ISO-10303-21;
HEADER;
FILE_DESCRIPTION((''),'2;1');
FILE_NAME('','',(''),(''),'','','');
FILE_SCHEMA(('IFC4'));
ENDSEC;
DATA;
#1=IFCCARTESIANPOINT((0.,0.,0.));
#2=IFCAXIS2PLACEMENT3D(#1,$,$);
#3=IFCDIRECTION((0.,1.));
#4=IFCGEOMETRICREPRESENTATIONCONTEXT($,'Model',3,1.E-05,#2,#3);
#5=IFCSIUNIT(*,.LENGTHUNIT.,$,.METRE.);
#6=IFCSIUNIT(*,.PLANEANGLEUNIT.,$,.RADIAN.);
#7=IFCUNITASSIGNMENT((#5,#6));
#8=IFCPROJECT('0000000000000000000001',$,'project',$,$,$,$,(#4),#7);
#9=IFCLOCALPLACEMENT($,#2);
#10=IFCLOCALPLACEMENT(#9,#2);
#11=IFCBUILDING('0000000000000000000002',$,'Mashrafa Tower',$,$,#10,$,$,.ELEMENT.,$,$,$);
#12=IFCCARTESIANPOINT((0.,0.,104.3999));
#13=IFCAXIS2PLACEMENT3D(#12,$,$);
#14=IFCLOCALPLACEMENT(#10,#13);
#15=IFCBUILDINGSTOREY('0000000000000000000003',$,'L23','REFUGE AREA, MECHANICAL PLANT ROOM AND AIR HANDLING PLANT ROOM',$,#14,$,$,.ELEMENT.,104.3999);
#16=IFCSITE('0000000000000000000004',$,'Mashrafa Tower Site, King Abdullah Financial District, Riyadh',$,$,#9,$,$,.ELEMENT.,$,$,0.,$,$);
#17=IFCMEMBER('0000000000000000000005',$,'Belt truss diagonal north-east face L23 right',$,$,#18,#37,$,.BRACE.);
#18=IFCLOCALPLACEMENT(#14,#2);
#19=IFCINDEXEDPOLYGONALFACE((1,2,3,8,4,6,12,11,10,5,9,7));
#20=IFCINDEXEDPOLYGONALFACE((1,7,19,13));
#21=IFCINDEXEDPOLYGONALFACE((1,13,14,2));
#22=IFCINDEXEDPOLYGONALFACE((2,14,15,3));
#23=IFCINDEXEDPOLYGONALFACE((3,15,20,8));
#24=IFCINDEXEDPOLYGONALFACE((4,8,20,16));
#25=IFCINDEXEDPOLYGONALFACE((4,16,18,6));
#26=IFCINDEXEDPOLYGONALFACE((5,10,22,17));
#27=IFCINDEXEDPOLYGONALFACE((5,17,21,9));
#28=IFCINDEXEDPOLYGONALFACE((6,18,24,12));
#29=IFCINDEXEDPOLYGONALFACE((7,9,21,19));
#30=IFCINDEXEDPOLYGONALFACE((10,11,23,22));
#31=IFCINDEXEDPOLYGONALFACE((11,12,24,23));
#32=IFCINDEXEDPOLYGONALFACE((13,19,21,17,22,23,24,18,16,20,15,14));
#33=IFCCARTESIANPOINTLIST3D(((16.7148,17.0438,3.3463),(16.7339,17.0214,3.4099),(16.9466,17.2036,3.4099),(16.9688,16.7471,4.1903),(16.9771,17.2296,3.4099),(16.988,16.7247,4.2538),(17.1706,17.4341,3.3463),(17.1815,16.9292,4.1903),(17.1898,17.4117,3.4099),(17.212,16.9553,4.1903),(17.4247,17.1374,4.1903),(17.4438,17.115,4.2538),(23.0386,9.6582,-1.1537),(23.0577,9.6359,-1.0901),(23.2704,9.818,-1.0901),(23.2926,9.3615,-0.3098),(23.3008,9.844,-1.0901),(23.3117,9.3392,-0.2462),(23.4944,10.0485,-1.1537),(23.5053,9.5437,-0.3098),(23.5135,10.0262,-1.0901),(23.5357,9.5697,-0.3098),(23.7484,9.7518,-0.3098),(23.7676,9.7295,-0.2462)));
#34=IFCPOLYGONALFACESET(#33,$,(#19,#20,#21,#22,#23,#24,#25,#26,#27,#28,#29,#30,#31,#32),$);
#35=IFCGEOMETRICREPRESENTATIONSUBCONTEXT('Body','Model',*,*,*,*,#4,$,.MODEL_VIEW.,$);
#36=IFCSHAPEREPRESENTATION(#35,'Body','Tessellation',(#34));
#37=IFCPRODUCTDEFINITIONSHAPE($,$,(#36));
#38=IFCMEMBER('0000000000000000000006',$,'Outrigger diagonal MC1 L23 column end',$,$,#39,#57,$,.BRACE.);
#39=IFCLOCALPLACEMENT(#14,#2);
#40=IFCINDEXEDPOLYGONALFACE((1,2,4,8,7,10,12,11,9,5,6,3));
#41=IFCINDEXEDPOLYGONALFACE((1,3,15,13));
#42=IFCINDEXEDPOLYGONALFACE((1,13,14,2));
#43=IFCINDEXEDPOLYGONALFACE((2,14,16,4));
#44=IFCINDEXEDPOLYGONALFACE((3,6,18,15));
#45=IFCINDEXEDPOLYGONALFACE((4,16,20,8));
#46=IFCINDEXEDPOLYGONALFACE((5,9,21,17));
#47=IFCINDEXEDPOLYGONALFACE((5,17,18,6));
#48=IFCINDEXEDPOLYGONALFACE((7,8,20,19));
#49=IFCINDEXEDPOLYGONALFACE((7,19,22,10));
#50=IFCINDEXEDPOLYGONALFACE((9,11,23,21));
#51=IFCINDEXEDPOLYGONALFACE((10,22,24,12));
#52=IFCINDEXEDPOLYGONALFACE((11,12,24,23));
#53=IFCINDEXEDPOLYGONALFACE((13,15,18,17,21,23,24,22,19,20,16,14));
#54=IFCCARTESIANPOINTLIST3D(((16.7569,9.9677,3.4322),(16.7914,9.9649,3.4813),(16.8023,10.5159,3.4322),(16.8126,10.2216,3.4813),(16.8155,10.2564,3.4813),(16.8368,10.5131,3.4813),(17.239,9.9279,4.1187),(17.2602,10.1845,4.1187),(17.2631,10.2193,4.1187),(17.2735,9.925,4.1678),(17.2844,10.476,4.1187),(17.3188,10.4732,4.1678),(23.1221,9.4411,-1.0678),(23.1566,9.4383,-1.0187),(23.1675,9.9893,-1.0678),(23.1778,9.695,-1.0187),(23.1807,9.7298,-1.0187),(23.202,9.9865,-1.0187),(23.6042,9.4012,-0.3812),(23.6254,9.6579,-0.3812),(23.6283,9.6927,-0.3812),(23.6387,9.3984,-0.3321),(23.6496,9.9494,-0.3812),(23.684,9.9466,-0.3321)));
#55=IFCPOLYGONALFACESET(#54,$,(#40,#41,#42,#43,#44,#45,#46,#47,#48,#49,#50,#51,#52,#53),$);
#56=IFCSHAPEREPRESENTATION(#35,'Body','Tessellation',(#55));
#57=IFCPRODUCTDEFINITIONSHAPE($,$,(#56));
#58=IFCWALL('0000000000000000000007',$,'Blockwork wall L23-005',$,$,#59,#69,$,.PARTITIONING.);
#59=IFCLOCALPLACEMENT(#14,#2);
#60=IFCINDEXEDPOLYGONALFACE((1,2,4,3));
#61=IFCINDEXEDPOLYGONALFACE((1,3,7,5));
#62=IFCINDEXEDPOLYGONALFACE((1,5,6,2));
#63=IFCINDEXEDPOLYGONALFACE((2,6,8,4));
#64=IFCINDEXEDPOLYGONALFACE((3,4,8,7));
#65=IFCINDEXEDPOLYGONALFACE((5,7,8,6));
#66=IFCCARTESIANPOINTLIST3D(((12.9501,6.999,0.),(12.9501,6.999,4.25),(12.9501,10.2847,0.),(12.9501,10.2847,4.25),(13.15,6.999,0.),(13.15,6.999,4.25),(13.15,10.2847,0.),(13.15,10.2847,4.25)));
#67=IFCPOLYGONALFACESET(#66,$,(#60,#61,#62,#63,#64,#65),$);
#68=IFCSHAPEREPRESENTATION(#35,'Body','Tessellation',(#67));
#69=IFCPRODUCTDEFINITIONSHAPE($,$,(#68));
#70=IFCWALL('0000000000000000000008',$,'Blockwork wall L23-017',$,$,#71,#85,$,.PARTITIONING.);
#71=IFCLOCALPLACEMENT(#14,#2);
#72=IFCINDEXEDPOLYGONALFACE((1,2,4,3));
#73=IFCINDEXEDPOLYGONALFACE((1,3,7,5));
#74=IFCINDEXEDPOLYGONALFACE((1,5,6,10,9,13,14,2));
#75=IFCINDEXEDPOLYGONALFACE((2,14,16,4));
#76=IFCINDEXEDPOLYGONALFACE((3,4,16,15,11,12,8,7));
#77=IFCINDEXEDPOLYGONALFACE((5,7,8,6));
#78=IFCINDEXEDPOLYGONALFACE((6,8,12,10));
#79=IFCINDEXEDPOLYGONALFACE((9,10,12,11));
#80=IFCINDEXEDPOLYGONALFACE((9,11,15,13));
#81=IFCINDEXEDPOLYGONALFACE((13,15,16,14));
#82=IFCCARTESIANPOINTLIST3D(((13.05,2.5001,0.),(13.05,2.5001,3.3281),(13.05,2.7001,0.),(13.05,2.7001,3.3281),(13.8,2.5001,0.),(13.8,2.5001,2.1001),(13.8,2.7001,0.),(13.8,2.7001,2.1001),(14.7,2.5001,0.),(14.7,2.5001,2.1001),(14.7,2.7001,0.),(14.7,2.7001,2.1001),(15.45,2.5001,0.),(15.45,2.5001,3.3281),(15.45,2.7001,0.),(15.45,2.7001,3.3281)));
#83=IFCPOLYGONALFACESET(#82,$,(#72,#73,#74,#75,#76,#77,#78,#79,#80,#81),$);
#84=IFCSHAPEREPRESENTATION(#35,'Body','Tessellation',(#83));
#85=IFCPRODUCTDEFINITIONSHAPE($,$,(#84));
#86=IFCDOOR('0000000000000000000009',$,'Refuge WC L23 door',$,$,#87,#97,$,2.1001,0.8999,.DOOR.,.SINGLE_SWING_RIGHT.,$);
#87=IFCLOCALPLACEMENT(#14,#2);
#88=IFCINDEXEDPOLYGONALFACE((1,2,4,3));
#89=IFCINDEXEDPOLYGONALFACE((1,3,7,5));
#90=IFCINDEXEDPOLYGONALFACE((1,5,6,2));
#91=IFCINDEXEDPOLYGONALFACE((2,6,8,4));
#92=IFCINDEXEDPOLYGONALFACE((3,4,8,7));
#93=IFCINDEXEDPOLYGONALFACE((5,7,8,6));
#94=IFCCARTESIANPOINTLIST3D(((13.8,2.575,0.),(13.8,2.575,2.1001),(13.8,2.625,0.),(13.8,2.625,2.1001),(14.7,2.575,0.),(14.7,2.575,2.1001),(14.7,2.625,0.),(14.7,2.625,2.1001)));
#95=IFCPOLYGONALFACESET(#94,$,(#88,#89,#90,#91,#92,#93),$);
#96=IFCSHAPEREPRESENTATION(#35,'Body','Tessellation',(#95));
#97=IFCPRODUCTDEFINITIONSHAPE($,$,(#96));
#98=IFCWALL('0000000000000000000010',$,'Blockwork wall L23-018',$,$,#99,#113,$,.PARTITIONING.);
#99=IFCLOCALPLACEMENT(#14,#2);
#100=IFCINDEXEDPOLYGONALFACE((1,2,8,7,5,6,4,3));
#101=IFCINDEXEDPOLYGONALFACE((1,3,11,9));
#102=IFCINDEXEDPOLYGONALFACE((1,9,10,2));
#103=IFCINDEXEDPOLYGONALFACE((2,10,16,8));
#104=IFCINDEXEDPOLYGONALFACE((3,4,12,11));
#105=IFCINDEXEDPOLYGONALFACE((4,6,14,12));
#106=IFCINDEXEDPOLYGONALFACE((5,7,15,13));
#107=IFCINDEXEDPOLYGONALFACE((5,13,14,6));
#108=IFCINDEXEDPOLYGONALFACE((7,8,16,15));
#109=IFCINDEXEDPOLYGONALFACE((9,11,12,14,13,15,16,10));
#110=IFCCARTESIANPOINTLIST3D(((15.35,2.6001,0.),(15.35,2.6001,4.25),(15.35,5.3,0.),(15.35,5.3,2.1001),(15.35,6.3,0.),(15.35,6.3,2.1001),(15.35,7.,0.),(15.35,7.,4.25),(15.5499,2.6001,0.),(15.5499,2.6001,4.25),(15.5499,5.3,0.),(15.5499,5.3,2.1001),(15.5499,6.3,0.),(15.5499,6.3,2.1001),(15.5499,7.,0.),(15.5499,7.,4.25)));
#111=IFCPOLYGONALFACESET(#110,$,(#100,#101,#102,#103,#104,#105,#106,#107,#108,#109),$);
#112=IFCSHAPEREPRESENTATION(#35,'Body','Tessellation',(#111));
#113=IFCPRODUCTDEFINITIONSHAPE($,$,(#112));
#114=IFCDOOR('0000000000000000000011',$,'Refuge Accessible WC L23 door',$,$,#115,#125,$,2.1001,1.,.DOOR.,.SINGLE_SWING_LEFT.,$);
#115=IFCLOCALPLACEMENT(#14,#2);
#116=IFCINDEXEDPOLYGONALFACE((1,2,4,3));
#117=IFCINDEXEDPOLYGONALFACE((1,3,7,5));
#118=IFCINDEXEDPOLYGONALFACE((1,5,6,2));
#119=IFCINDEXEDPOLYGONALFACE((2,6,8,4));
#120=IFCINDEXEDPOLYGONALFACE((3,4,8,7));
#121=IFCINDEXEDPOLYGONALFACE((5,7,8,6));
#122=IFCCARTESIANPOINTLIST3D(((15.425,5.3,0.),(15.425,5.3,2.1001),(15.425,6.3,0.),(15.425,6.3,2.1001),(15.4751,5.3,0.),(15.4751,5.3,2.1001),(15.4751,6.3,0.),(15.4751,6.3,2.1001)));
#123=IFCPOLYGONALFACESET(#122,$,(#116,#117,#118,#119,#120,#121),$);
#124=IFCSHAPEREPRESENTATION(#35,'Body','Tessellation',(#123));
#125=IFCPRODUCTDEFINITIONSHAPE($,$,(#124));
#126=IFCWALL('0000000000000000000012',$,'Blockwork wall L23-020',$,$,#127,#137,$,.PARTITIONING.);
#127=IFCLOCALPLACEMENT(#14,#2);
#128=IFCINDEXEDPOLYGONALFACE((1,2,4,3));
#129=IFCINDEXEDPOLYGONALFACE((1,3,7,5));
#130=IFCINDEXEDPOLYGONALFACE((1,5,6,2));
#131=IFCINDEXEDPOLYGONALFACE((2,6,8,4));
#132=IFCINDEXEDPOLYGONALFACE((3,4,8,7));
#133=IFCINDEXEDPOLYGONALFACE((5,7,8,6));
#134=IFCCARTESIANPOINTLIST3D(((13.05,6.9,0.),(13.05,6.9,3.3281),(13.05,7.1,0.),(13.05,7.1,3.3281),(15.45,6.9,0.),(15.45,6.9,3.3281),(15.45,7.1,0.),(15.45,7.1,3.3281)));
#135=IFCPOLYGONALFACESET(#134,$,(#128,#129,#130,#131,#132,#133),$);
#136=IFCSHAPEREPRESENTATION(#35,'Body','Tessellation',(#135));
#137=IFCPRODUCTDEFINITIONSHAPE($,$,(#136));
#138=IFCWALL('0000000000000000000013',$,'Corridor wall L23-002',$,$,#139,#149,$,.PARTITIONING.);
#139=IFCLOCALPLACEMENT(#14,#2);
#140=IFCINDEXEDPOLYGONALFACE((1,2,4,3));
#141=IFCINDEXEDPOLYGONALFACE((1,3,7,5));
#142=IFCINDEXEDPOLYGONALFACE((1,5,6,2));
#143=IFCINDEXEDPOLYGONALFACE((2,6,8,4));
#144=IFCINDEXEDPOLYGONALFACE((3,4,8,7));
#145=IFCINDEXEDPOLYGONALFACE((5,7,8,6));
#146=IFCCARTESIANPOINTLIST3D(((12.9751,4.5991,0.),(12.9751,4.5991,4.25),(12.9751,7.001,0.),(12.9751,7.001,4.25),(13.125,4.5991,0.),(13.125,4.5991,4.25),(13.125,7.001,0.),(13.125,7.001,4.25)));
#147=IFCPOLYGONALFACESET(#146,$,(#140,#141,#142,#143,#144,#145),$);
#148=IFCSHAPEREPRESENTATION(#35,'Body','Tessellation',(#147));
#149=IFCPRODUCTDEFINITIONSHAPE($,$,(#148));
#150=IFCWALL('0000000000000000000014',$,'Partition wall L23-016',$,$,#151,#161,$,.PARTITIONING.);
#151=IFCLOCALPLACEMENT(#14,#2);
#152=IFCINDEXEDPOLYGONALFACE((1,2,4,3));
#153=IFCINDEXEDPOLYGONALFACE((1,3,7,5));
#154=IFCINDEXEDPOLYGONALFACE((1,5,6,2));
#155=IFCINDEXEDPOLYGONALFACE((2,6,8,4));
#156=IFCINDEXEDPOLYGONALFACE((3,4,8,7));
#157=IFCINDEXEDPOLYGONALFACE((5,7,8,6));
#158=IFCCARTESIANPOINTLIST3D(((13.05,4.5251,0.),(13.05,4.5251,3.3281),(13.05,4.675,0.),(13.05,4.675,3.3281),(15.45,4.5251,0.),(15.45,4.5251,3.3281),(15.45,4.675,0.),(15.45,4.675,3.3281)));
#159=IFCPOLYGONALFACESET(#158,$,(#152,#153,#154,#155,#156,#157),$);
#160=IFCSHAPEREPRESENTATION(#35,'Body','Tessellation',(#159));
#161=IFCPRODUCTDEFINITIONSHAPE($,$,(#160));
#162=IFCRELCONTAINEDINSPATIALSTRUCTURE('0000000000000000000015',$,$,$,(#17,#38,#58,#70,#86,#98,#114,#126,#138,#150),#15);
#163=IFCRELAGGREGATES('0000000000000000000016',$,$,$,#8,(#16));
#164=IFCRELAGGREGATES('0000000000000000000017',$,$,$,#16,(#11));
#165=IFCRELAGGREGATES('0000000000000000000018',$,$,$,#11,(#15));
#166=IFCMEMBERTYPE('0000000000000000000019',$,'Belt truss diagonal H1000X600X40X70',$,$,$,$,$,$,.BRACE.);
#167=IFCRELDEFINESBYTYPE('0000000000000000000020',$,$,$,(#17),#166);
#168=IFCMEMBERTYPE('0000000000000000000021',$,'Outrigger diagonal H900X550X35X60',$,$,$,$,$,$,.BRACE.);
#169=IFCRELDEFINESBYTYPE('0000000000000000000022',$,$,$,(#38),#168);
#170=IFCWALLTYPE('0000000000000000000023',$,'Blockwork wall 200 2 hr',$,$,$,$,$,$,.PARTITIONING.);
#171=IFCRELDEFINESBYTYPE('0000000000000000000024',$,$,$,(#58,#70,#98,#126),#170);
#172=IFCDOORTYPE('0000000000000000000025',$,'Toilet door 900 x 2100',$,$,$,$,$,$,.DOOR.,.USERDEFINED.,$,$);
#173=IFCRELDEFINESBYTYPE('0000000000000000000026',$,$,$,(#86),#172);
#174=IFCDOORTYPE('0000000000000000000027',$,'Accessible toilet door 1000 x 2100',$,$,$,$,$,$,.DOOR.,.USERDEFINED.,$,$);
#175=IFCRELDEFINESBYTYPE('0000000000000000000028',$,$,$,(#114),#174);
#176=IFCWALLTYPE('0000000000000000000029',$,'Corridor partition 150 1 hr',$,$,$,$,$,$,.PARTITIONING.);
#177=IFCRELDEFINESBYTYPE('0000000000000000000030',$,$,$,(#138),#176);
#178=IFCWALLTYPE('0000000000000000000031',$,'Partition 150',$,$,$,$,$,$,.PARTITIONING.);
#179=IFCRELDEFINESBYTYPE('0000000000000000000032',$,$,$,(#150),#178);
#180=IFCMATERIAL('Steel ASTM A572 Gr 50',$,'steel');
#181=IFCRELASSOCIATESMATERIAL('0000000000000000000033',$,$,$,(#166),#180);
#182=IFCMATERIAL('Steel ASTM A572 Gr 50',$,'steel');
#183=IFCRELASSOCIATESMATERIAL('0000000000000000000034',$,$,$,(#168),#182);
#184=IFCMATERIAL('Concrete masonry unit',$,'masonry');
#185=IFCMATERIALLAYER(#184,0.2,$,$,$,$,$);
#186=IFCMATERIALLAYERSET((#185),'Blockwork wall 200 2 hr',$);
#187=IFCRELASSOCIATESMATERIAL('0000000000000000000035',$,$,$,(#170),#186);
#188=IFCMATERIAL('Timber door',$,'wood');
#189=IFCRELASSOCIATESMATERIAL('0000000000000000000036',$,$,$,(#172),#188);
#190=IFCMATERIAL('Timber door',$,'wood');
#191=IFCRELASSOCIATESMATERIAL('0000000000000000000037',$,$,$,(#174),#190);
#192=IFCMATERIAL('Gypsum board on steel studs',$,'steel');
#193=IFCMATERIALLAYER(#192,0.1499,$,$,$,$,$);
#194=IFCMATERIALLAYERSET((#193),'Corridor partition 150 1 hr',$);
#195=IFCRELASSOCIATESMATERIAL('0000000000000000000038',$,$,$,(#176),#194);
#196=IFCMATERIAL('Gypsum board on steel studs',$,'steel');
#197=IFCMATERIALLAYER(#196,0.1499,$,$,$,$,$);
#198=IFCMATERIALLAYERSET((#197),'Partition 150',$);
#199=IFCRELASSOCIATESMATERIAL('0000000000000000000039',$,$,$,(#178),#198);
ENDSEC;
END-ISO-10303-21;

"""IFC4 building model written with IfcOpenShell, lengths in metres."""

from ifc_helpers import new_model, si_unit, direction, frame, frame_2d, origin, origin_2d, place, context, subcontext, project, spatial, rectangle, i_section, extrude, source, transform, mapped, material, layer, layer_set, material_profile, profile_set, type_object, type_shapes, element, fill, save


model = new_model("IFC4")

# Units and contexts
model_context = context("Model", 3, precision=1e-05, world=origin(), true_north=direction((0.0, 1.0)))
body_context = subcontext(model_context, "Body", "Model", "MODEL_VIEW")
ifc_project = project(units=[si_unit("LENGTHUNIT", "METRE"), si_unit("PLANEANGLEUNIT", "RADIAN")], contexts=[model_context])

# Site, building, storey
site_placement = place(None, origin())
site = spatial("IfcSite", under=ifc_project, at=site_placement, Name="Mashrafa Tower Site, King Abdullah Financial District, Riyadh", CompositionType="ELEMENT", RefElevation=0.0)
building_placement = place(site_placement, origin())
building = spatial("IfcBuilding", under=site, at=building_placement, Name="Mashrafa Tower", CompositionType="ELEMENT")
storey_placement = place(building_placement, frame((0.0, 0.0, 104.3999)))
storey = spatial("IfcBuildingStorey", under=building, at=storey_placement, Name="L23", Description="REFUGE AREA, MECHANICAL PLANT ROOM AND AIR HANDLING PLANT ROOM", CompositionType="ELEMENT", Elevation=104.3999)

# Members
ifc_material_1 = material(Name="Steel ASTM A572 Gr 50", Category="steel")
ifc_material_profile_1 = material_profile(ifc_material_1, i_section(OverallWidth=0.6001, OverallDepth=1.0, WebThickness=0.04, FlangeThickness=0.0701, at=origin_2d()), Name="H1000X600X40X70")
ifc_profile_set_1 = profile_set([ifc_material_profile_1], Name="Steel ASTM A572 Gr 50")
member_type_1 = type_object("IfcMemberType", Name="Belt truss diagonal H1000X600X40X70", PredefinedType="BRACE", material=ifc_profile_set_1)
shared_shape_1 = source(origin(), body_context, "Body", "SweptSolid", [
    extrude(i_section(OverallWidth=0.6001, OverallDepth=1.0, WebThickness=0.04, FlangeThickness=0.0701, at=origin_2d()), origin(), (0.0, 0.0, 1.0), 10.7139),
])
member_1_placement = place(storey_placement, frame((23.4031, 9.6938, -0.7), z_axis=(-0.590243, 0.689345, 0.42002), x_axis=(-0.759597, -0.650394, 0.0)))
element("IfcMember", 1, at=member_1_placement, inside=storey, type_object=member_type_1, Name="Belt truss diagonal north-east face L23 right", PredefinedType="BRACE", context=body_context, shape_type="MappedRepresentation", body=[
    mapped(shared_shape_1, transform((0.0, 0.0, 0.0))),
])
ifc_material_2 = material(Name="Steel ASTM A572 Gr 50", Category="steel")
ifc_material_profile_2 = material_profile(ifc_material_2, i_section(OverallWidth=0.55, OverallDepth=0.8999, WebThickness=0.0349, FlangeThickness=0.0601, at=origin_2d()), Name="H900X550X35X60")
ifc_profile_set_2 = profile_set([ifc_material_profile_2], Name="Steel ASTM A572 Gr 50")
member_type_2 = type_object("IfcMemberType", Name="Outrigger diagonal H900X550X35X60", PredefinedType="BRACE", material=ifc_profile_set_2)
shared_shape_2 = source(origin(), body_context, "Body", "SweptSolid", [
    extrude(i_section(OverallWidth=0.55, OverallDepth=0.8999, WebThickness=0.0349, FlangeThickness=0.0601, at=origin_2d()), origin(), (0.0, 0.0, 1.0), 7.813),
])
type_shapes(member_type_2, [shared_shape_2])
member_2_placement = place(storey_placement, frame((23.4031, 9.6938, -0.7), z_axis=(-0.814694, 0.067402, 0.575961), x_axis=(-0.082451, -0.996595, 0.0)))
element("IfcMember", 2, at=member_2_placement, inside=storey, type_object=member_type_2, Name="Outrigger diagonal MC1 L23 column end", PredefinedType="BRACE", context=body_context, shape_type="MappedRepresentation", body=[
    mapped(shared_shape_2, transform((0.0, 0.0, 0.0))),
])

# Wall
ifc_material_3 = material(Name="Concrete masonry unit", Category="masonry")
ifc_layer_1 = layer(ifc_material_3, 0.2)
ifc_layer_set_1 = layer_set([ifc_layer_1], Name="Blockwork wall 200 2 hr")
wall_type_1 = type_object("IfcWallType", Name="Blockwork wall 200 2 hr", PredefinedType="PARTITIONING", material=ifc_layer_set_1)
wall_1_placement = place(storey_placement, frame((13.05, 6.999, 0.0), z_axis=(0.0, 0.0, 1.0), x_axis=(0.0, 1.0, 0.0)))
element("IfcWall", 3, at=wall_1_placement, inside=storey, type_object=wall_type_1, Name="Blockwork wall L23-005", PredefinedType="PARTITIONING", context=body_context, shape_type="SweptSolid", body=[
    extrude(rectangle(XDim=3.2856, YDim=0.2, at=frame_2d((1.6428, 0.0))), origin(), (0.0, 0.0, 1.0), 4.25),
])

# Walls, openings, doors
wall_2_placement = place(storey_placement, frame((13.05, 2.6001, 0.0), z_axis=(0.0, 0.0, 1.0), x_axis=(1.0, 0.0, 0.0)))
wall_2 = element("IfcWall", 4, at=wall_2_placement, inside=storey, type_object=wall_type_1, Name="Blockwork wall L23-017", PredefinedType="PARTITIONING", context=body_context, shape_type="SweptSolid", body=[
    extrude(rectangle(XDim=2.3999, YDim=0.2, at=frame_2d((1.2, 0.0))), origin(), (0.0, 0.0, 1.0), 3.3281),
])
opening_1_placement = place(wall_2_placement, frame((0.75, 0.0, 0.0)))
opening_1 = element("IfcOpeningElement", 5, at=opening_1_placement, cuts=wall_2, PredefinedType="OPENING", context=body_context, shape_type="SweptSolid", body=[
    extrude(rectangle(XDim=0.8999, YDim=2.1001, at=frame_2d((0.45, 1.05))), frame((0.0, 0.1099, 0.0), z_axis=(0.0, -1.0, 0.0), x_axis=(1.0, 0.0, 0.0)), (0.0, 0.0, 1.0), 0.22),
])
ifc_material_4 = material(Name="Timber door", Category="wood")
door_type_1 = type_object("IfcDoorType", Name="Toilet door 900 x 2100", OperationType="USERDEFINED", PredefinedType="DOOR", material=ifc_material_4)
door_1_placement = place(opening_1_placement, origin())
door_1 = element("IfcDoor", 6, at=door_1_placement, inside=storey, type_object=door_type_1, Name="Refuge WC L23 door", OperationType="SINGLE_SWING_RIGHT", OverallHeight=2.1001, OverallWidth=0.8999, PredefinedType="DOOR", context=body_context, shape_type="SweptSolid", body=[
    extrude(rectangle(XDim=0.8999, YDim=2.1001, at=frame_2d((0.45, 1.05))), frame((0.0, 0.0249, 0.0), z_axis=(0.0, -1.0, 0.0), x_axis=(1.0, 0.0, 0.0)), (0.0, 0.0, 1.0), 0.05),
])
fill(opening_1, door_1)
wall_3_placement = place(storey_placement, frame((15.45, 2.6001, 0.0), z_axis=(0.0, 0.0, 1.0), x_axis=(0.0, 1.0, 0.0)))
wall_3 = element("IfcWall", 7, at=wall_3_placement, inside=storey, type_object=wall_type_1, Name="Blockwork wall L23-018", PredefinedType="PARTITIONING", context=body_context, shape_type="SweptSolid", body=[
    extrude(rectangle(XDim=4.3999, YDim=0.2, at=frame_2d((2.2, 0.0))), origin(), (0.0, 0.0, 1.0), 4.25),
])
opening_2_placement = place(wall_3_placement, frame((2.7, 0.0, 0.0)))
opening_2 = element("IfcOpeningElement", 8, at=opening_2_placement, cuts=wall_3, PredefinedType="OPENING", context=body_context, shape_type="SweptSolid", body=[
    extrude(rectangle(XDim=1.0, YDim=2.1001, at=frame_2d((0.5, 1.05))), frame((0.0, 0.1099, 0.0), z_axis=(0.0, -1.0, 0.0), x_axis=(1.0, 0.0, 0.0)), (0.0, 0.0, 1.0), 0.22),
])
ifc_material_5 = material(Name="Timber door", Category="wood")
door_type_2 = type_object("IfcDoorType", Name="Accessible toilet door 1000 x 2100", OperationType="USERDEFINED", PredefinedType="DOOR", material=ifc_material_5)
door_2_placement = place(opening_2_placement, origin())
door_2 = element("IfcDoor", 9, at=door_2_placement, inside=storey, type_object=door_type_2, Name="Refuge Accessible WC L23 door", OperationType="SINGLE_SWING_LEFT", OverallHeight=2.1001, OverallWidth=1.0, PredefinedType="DOOR", context=body_context, shape_type="SweptSolid", body=[
    extrude(rectangle(XDim=1.0, YDim=2.1001, at=frame_2d((0.5, 1.05))), frame((0.0, 0.0249, 0.0), z_axis=(0.0, -1.0, 0.0), x_axis=(1.0, 0.0, 0.0)), (0.0, 0.0, 1.0), 0.05),
])
fill(opening_2, door_2)

# Walls
wall_4_placement = place(storey_placement, frame((15.45, 7.0, 0.0), z_axis=(0.0, 0.0, 1.0), x_axis=(-1.0, 0.0, 0.0)))
element("IfcWall", 10, at=wall_4_placement, inside=storey, type_object=wall_type_1, Name="Blockwork wall L23-020", PredefinedType="PARTITIONING", context=body_context, shape_type="SweptSolid", body=[
    extrude(rectangle(XDim=2.3999, YDim=0.2, at=frame_2d((1.2, 0.0))), origin(), (0.0, 0.0, 1.0), 3.3281),
])
ifc_material_6 = material(Name="Gypsum board on steel studs", Category="steel")
ifc_layer_2 = layer(ifc_material_6, 0.1499)
ifc_layer_set_2 = layer_set([ifc_layer_2], Name="Corridor partition 150 1 hr")
wall_type_2 = type_object("IfcWallType", Name="Corridor partition 150 1 hr", PredefinedType="PARTITIONING", material=ifc_layer_set_2)
wall_5_placement = place(storey_placement, frame((13.05, 4.5991, 0.0), z_axis=(0.0, 0.0, 1.0), x_axis=(0.0, 1.0, 0.0)))
element("IfcWall", 11, at=wall_5_placement, inside=storey, type_object=wall_type_2, Name="Corridor wall L23-002", PredefinedType="PARTITIONING", context=body_context, shape_type="SweptSolid", body=[
    extrude(rectangle(XDim=2.4019, YDim=0.1499, at=frame_2d((1.2009, 0.0))), origin(), (0.0, 0.0, 1.0), 4.25),
])
ifc_material_7 = material(Name="Gypsum board on steel studs", Category="steel")
ifc_layer_3 = layer(ifc_material_7, 0.1499)
ifc_layer_set_3 = layer_set([ifc_layer_3], Name="Partition 150")
wall_type_3 = type_object("IfcWallType", Name="Partition 150", PredefinedType="PARTITIONING", material=ifc_layer_set_3)
wall_6_placement = place(storey_placement, frame((15.45, 4.6001, 0.0), z_axis=(0.0, 0.0, 1.0), x_axis=(-1.0, 0.0, 0.0)))
element("IfcWall", 12, at=wall_6_placement, inside=storey, type_object=wall_type_3, Name="Partition wall L23-016", PredefinedType="PARTITIONING", context=body_context, shape_type="SweptSolid", body=[
    extrude(rectangle(XDim=2.3999, YDim=0.1499, at=frame_2d((1.2, 0.0))), origin(), (0.0, 0.0, 1.0), 3.3281),
])

save(model, "model.ifc")
